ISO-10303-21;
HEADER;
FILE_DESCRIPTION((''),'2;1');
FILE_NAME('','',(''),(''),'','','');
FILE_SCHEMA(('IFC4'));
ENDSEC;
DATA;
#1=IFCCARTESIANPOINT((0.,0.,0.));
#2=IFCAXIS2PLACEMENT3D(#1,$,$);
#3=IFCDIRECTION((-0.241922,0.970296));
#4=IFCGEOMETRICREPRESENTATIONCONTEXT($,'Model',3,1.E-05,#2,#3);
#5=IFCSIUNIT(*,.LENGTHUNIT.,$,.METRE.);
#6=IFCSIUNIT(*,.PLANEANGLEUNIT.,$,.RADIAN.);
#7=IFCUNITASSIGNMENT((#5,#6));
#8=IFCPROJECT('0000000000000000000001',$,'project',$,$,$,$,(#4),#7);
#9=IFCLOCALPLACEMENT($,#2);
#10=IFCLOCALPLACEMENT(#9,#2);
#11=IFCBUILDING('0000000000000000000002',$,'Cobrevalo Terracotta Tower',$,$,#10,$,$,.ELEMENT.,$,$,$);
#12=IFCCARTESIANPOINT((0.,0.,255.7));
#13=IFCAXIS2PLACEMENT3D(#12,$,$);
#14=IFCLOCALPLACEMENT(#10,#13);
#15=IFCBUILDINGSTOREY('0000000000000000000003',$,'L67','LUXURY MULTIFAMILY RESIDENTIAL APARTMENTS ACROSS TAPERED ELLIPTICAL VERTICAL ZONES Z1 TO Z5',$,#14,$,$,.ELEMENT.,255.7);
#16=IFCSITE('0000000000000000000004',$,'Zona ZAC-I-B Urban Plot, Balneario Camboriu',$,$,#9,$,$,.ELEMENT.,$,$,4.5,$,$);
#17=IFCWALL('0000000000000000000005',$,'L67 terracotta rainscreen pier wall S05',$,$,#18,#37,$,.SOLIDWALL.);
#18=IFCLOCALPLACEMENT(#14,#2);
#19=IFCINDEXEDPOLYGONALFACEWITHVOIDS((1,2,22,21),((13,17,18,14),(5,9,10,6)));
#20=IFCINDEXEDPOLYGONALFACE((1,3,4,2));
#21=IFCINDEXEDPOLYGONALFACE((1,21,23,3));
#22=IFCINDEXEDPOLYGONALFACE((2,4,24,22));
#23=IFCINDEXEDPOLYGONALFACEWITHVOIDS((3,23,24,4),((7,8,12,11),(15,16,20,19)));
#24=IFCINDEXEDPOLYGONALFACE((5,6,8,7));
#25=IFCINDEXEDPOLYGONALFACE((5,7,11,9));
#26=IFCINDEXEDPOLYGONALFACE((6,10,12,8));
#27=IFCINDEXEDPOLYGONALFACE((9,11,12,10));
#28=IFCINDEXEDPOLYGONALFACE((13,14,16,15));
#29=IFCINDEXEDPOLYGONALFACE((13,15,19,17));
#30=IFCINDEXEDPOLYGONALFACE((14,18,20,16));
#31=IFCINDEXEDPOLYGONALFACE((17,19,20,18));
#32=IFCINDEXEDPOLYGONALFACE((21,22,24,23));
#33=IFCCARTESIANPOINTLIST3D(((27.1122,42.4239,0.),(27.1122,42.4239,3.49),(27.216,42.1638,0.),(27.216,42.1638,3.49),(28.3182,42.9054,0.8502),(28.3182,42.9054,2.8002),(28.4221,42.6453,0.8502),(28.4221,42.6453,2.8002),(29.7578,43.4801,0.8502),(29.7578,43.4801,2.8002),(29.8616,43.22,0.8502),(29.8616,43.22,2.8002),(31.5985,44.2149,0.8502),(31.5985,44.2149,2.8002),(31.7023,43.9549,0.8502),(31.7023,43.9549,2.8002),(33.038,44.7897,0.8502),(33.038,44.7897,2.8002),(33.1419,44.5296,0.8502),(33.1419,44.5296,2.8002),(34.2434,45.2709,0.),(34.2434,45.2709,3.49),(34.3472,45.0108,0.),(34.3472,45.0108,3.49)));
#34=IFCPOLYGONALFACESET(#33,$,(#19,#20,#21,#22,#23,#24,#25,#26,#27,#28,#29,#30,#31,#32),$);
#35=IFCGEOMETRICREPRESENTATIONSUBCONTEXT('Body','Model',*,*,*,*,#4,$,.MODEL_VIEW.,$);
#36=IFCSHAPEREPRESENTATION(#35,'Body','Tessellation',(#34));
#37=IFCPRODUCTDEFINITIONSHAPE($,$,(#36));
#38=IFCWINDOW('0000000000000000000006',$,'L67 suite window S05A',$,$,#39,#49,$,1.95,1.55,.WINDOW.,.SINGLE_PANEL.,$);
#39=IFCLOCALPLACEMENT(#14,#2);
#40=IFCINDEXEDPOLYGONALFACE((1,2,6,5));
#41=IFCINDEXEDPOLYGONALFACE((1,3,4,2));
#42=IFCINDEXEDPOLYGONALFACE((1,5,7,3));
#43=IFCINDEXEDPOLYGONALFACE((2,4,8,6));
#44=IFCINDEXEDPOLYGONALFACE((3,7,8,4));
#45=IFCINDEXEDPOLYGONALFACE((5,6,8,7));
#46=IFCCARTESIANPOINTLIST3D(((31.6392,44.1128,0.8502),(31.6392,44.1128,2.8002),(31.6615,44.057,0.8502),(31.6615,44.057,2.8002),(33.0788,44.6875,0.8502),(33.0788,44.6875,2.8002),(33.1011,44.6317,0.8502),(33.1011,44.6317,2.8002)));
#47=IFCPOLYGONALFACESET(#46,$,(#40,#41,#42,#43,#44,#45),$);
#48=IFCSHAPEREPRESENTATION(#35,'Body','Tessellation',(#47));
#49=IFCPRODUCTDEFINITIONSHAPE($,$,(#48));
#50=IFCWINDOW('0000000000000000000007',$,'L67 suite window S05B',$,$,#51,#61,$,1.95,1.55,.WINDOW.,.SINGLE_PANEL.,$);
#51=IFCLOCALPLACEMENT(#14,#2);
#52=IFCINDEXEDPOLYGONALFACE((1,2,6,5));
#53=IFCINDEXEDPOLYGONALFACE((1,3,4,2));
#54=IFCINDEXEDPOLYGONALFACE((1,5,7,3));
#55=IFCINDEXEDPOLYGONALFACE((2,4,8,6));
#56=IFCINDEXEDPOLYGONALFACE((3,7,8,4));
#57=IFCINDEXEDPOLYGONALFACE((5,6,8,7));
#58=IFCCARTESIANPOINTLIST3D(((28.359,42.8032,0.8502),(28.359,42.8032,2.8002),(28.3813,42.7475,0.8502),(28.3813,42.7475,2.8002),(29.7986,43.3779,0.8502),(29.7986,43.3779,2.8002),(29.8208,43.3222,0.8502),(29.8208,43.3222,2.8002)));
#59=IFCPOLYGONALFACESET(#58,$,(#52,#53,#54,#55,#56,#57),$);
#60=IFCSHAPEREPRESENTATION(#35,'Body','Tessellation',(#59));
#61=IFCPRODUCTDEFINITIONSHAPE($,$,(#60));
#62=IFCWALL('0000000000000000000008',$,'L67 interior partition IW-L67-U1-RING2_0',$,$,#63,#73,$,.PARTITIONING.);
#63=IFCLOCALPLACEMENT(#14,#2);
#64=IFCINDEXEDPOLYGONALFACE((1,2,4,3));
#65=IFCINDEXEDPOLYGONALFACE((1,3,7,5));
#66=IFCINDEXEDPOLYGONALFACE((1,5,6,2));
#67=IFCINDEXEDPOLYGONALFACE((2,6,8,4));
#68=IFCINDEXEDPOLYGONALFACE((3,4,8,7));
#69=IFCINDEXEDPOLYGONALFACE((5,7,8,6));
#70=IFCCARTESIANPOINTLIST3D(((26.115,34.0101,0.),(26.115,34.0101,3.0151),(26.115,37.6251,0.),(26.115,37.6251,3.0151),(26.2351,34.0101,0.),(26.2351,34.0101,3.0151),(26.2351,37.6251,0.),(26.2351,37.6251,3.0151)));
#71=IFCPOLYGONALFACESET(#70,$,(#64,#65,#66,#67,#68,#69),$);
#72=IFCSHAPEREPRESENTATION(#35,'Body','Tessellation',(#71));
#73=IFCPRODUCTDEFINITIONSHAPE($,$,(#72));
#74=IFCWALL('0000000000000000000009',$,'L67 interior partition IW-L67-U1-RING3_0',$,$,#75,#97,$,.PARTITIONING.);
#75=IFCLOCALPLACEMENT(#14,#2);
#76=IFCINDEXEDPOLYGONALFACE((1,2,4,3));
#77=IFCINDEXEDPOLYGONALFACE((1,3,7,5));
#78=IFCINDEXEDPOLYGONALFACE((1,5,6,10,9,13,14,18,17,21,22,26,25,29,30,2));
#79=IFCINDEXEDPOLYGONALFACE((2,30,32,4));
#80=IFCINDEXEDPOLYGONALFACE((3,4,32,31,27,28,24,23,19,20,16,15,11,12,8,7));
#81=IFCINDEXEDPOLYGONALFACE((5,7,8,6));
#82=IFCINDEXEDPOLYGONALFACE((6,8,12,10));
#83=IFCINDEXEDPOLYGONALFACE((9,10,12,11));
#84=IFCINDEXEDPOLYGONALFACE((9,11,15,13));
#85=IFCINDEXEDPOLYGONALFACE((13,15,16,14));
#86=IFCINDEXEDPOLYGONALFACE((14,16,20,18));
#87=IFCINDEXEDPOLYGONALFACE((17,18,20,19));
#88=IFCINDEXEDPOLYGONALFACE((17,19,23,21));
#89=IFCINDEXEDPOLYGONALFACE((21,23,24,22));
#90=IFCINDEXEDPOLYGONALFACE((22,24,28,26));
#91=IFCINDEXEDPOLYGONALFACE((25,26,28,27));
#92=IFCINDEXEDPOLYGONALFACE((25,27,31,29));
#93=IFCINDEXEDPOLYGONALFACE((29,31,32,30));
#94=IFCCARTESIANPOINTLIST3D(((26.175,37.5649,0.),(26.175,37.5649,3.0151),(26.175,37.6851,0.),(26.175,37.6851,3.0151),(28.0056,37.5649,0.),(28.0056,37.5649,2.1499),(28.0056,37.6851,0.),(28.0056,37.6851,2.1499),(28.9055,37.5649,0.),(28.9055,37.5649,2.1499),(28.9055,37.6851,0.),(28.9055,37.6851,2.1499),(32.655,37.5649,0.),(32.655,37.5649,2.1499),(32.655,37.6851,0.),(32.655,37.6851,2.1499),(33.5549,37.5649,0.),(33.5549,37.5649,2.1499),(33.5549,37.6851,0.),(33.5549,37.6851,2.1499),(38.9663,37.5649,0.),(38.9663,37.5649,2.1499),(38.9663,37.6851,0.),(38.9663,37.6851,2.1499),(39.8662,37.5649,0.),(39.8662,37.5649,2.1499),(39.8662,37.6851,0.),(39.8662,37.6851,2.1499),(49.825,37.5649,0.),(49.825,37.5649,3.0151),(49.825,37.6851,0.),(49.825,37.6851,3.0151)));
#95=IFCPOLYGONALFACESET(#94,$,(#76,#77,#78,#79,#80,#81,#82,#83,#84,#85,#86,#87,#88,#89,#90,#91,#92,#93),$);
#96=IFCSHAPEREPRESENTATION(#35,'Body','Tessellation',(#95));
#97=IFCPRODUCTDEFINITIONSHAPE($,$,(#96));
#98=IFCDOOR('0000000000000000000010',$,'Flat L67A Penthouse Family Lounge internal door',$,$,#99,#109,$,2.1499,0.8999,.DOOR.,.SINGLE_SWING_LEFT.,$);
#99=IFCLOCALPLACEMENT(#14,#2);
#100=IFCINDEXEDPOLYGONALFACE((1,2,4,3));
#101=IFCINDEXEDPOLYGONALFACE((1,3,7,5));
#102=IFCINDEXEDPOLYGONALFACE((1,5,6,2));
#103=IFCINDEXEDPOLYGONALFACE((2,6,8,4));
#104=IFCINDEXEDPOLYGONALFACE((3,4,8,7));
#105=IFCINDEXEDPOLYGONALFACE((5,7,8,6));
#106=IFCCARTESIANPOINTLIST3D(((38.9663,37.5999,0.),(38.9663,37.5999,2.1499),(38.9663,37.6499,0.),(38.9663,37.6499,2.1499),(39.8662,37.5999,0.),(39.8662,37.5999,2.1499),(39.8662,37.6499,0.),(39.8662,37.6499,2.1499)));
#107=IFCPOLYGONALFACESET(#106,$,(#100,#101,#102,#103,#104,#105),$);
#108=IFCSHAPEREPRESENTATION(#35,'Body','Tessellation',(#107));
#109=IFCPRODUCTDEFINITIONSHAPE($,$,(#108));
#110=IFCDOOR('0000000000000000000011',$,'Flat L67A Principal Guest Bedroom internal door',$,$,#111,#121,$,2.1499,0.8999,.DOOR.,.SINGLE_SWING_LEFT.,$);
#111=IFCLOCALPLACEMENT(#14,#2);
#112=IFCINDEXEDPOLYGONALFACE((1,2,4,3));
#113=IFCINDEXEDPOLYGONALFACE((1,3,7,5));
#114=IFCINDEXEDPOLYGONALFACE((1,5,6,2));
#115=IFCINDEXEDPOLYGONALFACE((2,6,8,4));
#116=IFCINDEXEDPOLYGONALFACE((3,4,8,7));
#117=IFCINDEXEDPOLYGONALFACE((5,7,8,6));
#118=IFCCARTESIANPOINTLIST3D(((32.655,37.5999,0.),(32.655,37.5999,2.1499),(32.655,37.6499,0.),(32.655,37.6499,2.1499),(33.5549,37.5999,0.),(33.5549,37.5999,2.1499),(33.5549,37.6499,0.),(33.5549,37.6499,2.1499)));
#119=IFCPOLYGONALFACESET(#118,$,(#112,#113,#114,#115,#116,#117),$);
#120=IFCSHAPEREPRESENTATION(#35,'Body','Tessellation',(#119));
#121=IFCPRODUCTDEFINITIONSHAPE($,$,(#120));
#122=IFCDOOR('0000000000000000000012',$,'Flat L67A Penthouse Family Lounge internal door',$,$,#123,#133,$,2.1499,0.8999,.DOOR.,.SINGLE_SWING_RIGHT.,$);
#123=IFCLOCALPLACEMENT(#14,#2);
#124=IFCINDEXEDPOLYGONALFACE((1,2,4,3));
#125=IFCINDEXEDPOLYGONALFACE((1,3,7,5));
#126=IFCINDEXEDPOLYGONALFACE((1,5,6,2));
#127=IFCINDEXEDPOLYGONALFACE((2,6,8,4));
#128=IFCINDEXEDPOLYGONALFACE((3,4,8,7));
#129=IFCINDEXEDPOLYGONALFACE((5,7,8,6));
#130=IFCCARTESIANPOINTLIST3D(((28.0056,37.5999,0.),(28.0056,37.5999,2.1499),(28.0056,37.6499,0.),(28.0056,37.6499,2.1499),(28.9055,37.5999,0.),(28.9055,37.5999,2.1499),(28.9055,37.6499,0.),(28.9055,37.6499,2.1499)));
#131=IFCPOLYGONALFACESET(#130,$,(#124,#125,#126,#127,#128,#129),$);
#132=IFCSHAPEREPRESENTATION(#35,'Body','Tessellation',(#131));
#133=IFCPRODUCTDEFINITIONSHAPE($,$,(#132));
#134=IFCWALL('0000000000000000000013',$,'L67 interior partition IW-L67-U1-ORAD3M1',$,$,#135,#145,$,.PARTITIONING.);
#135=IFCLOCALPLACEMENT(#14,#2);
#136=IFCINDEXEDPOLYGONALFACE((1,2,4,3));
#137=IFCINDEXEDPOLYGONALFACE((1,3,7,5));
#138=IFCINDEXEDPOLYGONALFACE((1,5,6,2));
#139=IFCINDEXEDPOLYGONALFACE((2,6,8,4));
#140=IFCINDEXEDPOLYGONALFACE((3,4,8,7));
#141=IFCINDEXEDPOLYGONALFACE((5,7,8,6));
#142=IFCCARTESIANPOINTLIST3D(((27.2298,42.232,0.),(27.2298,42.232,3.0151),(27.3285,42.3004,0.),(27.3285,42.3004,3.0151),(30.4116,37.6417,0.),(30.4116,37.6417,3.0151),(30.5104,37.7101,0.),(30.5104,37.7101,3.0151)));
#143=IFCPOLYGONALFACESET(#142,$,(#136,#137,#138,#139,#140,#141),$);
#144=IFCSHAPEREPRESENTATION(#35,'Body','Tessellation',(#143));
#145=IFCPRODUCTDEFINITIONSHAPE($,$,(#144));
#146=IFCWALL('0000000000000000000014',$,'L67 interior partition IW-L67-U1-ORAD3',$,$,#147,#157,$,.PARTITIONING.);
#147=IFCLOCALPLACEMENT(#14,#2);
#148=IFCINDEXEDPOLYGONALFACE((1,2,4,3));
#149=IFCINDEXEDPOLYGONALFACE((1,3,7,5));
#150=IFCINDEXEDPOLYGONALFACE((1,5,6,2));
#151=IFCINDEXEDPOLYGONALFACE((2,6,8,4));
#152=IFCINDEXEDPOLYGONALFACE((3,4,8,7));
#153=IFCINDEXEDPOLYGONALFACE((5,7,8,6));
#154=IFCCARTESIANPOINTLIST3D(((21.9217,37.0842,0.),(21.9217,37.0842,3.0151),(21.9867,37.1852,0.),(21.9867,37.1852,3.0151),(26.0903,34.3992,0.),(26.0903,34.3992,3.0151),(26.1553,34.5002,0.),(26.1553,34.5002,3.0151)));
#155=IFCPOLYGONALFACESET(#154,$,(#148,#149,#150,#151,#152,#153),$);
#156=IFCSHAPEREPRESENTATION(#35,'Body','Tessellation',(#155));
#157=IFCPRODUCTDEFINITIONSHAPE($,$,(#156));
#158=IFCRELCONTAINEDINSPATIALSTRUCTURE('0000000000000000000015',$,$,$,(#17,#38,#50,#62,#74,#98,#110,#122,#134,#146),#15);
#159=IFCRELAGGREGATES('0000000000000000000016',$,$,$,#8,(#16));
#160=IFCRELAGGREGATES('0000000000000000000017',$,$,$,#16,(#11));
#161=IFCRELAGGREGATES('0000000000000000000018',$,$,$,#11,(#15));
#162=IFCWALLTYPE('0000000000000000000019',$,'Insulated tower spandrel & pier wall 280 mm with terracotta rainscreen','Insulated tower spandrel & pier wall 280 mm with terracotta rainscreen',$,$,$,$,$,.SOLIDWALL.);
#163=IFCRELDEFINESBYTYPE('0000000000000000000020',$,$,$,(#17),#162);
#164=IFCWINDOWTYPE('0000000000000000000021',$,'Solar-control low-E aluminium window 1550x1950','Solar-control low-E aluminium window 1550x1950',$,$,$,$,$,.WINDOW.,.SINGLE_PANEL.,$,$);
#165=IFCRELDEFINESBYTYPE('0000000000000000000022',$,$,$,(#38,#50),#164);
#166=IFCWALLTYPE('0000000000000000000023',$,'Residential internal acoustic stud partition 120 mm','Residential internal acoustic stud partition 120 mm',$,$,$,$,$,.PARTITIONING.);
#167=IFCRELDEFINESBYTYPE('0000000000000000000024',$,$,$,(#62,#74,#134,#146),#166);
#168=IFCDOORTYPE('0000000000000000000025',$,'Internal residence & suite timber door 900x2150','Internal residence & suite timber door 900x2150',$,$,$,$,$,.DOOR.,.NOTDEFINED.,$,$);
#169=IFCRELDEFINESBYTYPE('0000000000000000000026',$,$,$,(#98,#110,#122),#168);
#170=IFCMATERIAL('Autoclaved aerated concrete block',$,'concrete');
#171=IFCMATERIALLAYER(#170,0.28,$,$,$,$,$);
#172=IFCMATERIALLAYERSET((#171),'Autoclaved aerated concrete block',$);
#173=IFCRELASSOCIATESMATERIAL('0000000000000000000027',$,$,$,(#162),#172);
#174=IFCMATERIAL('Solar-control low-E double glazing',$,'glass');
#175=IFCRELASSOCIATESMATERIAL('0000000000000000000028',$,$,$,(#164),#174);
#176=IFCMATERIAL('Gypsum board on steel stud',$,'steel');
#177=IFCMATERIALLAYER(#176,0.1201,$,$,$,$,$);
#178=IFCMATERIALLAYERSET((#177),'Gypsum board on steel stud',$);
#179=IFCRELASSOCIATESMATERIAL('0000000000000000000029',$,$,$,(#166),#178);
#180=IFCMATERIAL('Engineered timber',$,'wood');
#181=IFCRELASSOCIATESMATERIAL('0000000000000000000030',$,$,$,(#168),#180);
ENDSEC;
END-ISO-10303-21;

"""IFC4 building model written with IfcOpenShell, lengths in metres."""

from ifc_helpers import new_model, si_unit, direction, frame, frame_2d, origin, place, context, subcontext, project, spatial, rectangle, extrude, source, transform, mapped, material, layer, layer_set, type_object, element, fill, save


model = new_model("IFC4")

# Units and contexts
model_context = context("Model", 3, precision=1e-05, world=origin(), true_north=direction((-0.241922, 0.970296)))
body_context = subcontext(model_context, "Body", "Model", "MODEL_VIEW")
ifc_project = project(units=[si_unit("LENGTHUNIT", "METRE"), si_unit("PLANEANGLEUNIT", "RADIAN")], contexts=[model_context])

# Site, building, storey
site_placement = place(None, origin())
site = spatial("IfcSite", under=ifc_project, at=site_placement, Name="Zona ZAC-I-B Urban Plot, Balneario Camboriu", CompositionType="ELEMENT", RefElevation=4.5)
building_placement = place(site_placement, origin())
building = spatial("IfcBuilding", under=site, at=building_placement, Name="Cobrevalo Terracotta Tower", CompositionType="ELEMENT")
storey_placement = place(building_placement, frame((0.0, 0.0, 255.7)))
storey = spatial("IfcBuildingStorey", under=building, at=storey_placement, Name="L67", Description="LUXURY MULTIFAMILY RESIDENTIAL APARTMENTS ACROSS TAPERED ELLIPTICAL VERTICAL ZONES Z1 TO Z5", CompositionType="ELEMENT", Elevation=255.7)

# Wall, openings, windows
ifc_material_1 = material(Name="Autoclaved aerated concrete block", Category="concrete")
ifc_layer_1 = layer(ifc_material_1, 0.28)
ifc_layer_set_1 = layer_set([ifc_layer_1], Name="Autoclaved aerated concrete block")
wall_type_1 = type_object("IfcWallType", Name="Insulated tower spandrel & pier wall 280 mm with terracotta rainscreen", Description="Insulated tower spandrel & pier wall 280 mm with terracotta rainscreen", PredefinedType="SOLIDWALL", material=ifc_layer_set_1)
wall_1_placement = place(storey_placement, frame((34.2954, 45.1409, 0.0), z_axis=(0.0, 0.0, 1.0), x_axis=(-0.928724, -0.370771, 0.0)))
wall_1 = element("IfcWall", 1, at=wall_1_placement, inside=storey, type_object=wall_type_1, Name="L67 terracotta rainscreen pier wall S05", PredefinedType="SOLIDWALL", context=body_context, shape_type="SweptSolid", body=[
    extrude(rectangle(XDim=7.6785, YDim=0.28, at=frame_2d((3.8394, 0.0))), origin(), (0.0, 0.0, 1.0), 3.49),
])
opening_1_placement = place(wall_1_placement, frame((1.2981, 0.0, 0.8501)))
opening_1 = element("IfcOpeningElement", 2, at=opening_1_placement, cuts=wall_1, PredefinedType="OPENING", context=body_context, shape_type="SweptSolid", body=[
    extrude(rectangle(XDim=1.55, YDim=1.95, at=frame_2d((0.7749, 0.9751))), frame((0.0, 0.1499, 0.0), z_axis=(0.0, -1.0, 0.0), x_axis=(1.0, 0.0, 0.0)), (0.0, 0.0, 1.0), 0.3),
])
opening_2_placement = place(wall_1_placement, frame((4.8301, 0.0, 0.8501)))
opening_2 = element("IfcOpeningElement", 3, at=opening_2_placement, cuts=wall_1, PredefinedType="OPENING", context=body_context, shape_type="SweptSolid", body=[
    extrude(rectangle(XDim=1.55, YDim=1.95, at=frame_2d((0.7749, 0.9751))), frame((0.0, 0.1499, 0.0), z_axis=(0.0, -1.0, 0.0), x_axis=(1.0, 0.0, 0.0)), (0.0, 0.0, 1.0), 0.3),
])
ifc_material_2 = material(Name="Solar-control low-E double glazing", Category="glass")
window_type = type_object("IfcWindowType", Name="Solar-control low-E aluminium window 1550x1950", Description="Solar-control low-E aluminium window 1550x1950", PartitioningType="SINGLE_PANEL", PredefinedType="WINDOW", material=ifc_material_2)
shared_shape_1 = source(origin(), body_context, "Body", "SweptSolid", [
    extrude(rectangle(XDim=1.55, YDim=1.95, at=frame_2d((0.7749, 0.9751))), frame((0.0, 0.03, 0.0), z_axis=(0.0, -1.0, 0.0), x_axis=(1.0, 0.0, 0.0)), (0.0, 0.0, 1.0), 0.0601),
])
window_1_placement = place(opening_1_placement, origin())
window_1 = element("IfcWindow", 4, at=window_1_placement, inside=storey, type_object=window_type, Name="L67 suite window S05A", OverallHeight=1.95, OverallWidth=1.55, PartitioningType="SINGLE_PANEL", PredefinedType="WINDOW", context=body_context, shape_type="MappedRepresentation", body=[
    mapped(shared_shape_1, transform((0.0, 0.0, 0.0), scale=1.0)),
])
fill(opening_1, window_1)
window_2_placement = place(opening_2_placement, origin())
window_2 = element("IfcWindow", 5, at=window_2_placement, inside=storey, type_object=window_type, Name="L67 suite window S05B", OverallHeight=1.95, OverallWidth=1.55, PartitioningType="SINGLE_PANEL", PredefinedType="WINDOW", context=body_context, shape_type="MappedRepresentation", body=[
    mapped(shared_shape_1, transform((0.0, 0.0, 0.0), scale=1.0)),
])
fill(opening_2, window_2)

# Wall
ifc_material_3 = material(Name="Gypsum board on steel stud", Category="steel")
ifc_layer_2 = layer(ifc_material_3, 0.1201)
ifc_layer_set_2 = layer_set([ifc_layer_2], Name="Gypsum board on steel stud")
wall_type_2 = type_object("IfcWallType", Name="Residential internal acoustic stud partition 120 mm", Description="Residential internal acoustic stud partition 120 mm", PredefinedType="PARTITIONING", material=ifc_layer_set_2)
wall_2_placement = place(storey_placement, frame((26.175, 34.01, 0.0), z_axis=(0.0, 0.0, 1.0), x_axis=(0.0, 1.0, 0.0)))
element("IfcWall", 6, at=wall_2_placement, inside=storey, type_object=wall_type_2, Name="L67 interior partition IW-L67-U1-RING2_0", PredefinedType="PARTITIONING", context=body_context, shape_type="SweptSolid", body=[
    extrude(rectangle(XDim=3.615, YDim=0.1201, at=frame_2d((1.8076, 0.0))), origin(), (0.0, 0.0, 1.0), 3.0151),
])

# Wall, openings, doors
wall_3_placement = place(storey_placement, frame((26.175, 37.625, 0.0), z_axis=(0.0, 0.0, 1.0), x_axis=(1.0, 0.0, 0.0)))
wall_3 = element("IfcWall", 7, at=wall_3_placement, inside=storey, type_object=wall_type_2, Name="L67 interior partition IW-L67-U1-RING3_0", PredefinedType="PARTITIONING", context=body_context, shape_type="SweptSolid", body=[
    extrude(rectangle(XDim=23.6499, YDim=0.1201, at=frame_2d((11.825, 0.0))), origin(), (0.0, 0.0, 1.0), 3.0151),
])
opening_3_placement = place(wall_3_placement, frame((12.7913, 0.0, 0.0)))
opening_3 = element("IfcOpeningElement", 8, at=opening_3_placement, cuts=wall_3, PredefinedType="OPENING", context=body_context, shape_type="SweptSolid", body=[
    extrude(rectangle(XDim=0.8999, YDim=2.1499, at=frame_2d((0.45, 1.075))), frame((0.0, 0.0701, 0.0), z_axis=(0.0, -1.0, 0.0), x_axis=(1.0, 0.0, 0.0)), (0.0, 0.0, 1.0), 0.1401),
])
opening_4_placement = place(wall_3_placement, frame((6.48, 0.0, 0.0)))
opening_4 = element("IfcOpeningElement", 9, at=opening_4_placement, cuts=wall_3, PredefinedType="OPENING", context=body_context, shape_type="SweptSolid", body=[
    extrude(rectangle(XDim=0.8999, YDim=2.1499, at=frame_2d((0.45, 1.075))), frame((0.0, 0.0701, 0.0), z_axis=(0.0, -1.0, 0.0), x_axis=(1.0, 0.0, 0.0)), (0.0, 0.0, 1.0), 0.1401),
])
opening_5_placement = place(wall_3_placement, frame((1.8306, 0.0, 0.0)))
opening_5 = element("IfcOpeningElement", 10, at=opening_5_placement, cuts=wall_3, PredefinedType="OPENING", context=body_context, shape_type="SweptSolid", body=[
    extrude(rectangle(XDim=0.8999, YDim=2.1499, at=frame_2d((0.45, 1.075))), frame((0.0, 0.0701, 0.0), z_axis=(0.0, -1.0, 0.0), x_axis=(1.0, 0.0, 0.0)), (0.0, 0.0, 1.0), 0.1401),
])
ifc_material_4 = material(Name="Engineered timber", Category="wood")
door_type = type_object("IfcDoorType", Name="Internal residence & suite timber door 900x2150", Description="Internal residence & suite timber door 900x2150", OperationType="NOTDEFINED", PredefinedType="DOOR", material=ifc_material_4)
shared_shape_2 = source(origin(), body_context, "Body", "SweptSolid", [
    extrude(rectangle(XDim=0.8999, YDim=2.1499, at=frame_2d((0.45, 1.075))), frame((0.0, 0.0249, 0.0), z_axis=(0.0, -1.0, 0.0), x_axis=(1.0, 0.0, 0.0)), (0.0, 0.0, 1.0), 0.05),
])
door_1_placement = place(opening_3_placement, origin())
door_1 = element("IfcDoor", 11, at=door_1_placement, inside=storey, type_object=door_type, Name="Flat L67A Penthouse Family Lounge internal door", OperationType="SINGLE_SWING_LEFT", OverallHeight=2.1499, OverallWidth=0.8999, PredefinedType="DOOR", context=body_context, shape_type="MappedRepresentation", body=[
    mapped(shared_shape_2, transform((0.0, 0.0, 0.0), scale=1.0)),
])
fill(opening_3, door_1)
door_2_placement = place(opening_4_placement, origin())
door_2 = element("IfcDoor", 12, at=door_2_placement, inside=storey, type_object=door_type, Name="Flat L67A Principal Guest Bedroom internal door", OperationType="SINGLE_SWING_LEFT", OverallHeight=2.1499, OverallWidth=0.8999, PredefinedType="DOOR", context=body_context, shape_type="MappedRepresentation", body=[
    mapped(shared_shape_2, transform((0.0, 0.0, 0.0), scale=1.0)),
])
fill(opening_4, door_2)
door_3_placement = place(opening_5_placement, origin())
door_3 = element("IfcDoor", 13, at=door_3_placement, inside=storey, type_object=door_type, Name="Flat L67A Penthouse Family Lounge internal door", OperationType="SINGLE_SWING_RIGHT", OverallHeight=2.1499, OverallWidth=0.8999, PredefinedType="DOOR", context=body_context, shape_type="MappedRepresentation", body=[
    mapped(shared_shape_2, transform((0.0, 0.0, 0.0), scale=1.0)),
])
fill(opening_5, door_3)

# Walls
wall_4_placement = place(storey_placement, frame((30.4609, 37.676, 0.0), z_axis=(0.0, 0.0, 1.0), x_axis=(-0.569689, 0.82186, 0.0)))
element("IfcWall", 14, at=wall_4_placement, inside=storey, type_object=wall_type_2, Name="L67 interior partition IW-L67-U1-ORAD3M1", PredefinedType="PARTITIONING", context=body_context, shape_type="SweptSolid", body=[
    extrude(rectangle(XDim=5.5852, YDim=0.1201, at=frame_2d((2.7925, 0.0))), origin(), (0.0, 0.0, 1.0), 3.0151),
])
wall_5_placement = place(storey_placement, frame((26.1228, 34.4497, 0.0), z_axis=(0.0, 0.0, 1.0), x_axis=(-0.840703, 0.541496, 0.0)))
element("IfcWall", 15, at=wall_5_placement, inside=storey, type_object=wall_type_2, Name="L67 interior partition IW-L67-U1-ORAD3", PredefinedType="PARTITIONING", context=body_context, shape_type="SweptSolid", body=[
    extrude(rectangle(XDim=4.9585, YDim=0.1201, at=frame_2d((2.4792, 0.0))), origin(), (0.0, 0.0, 1.0), 3.0151),
])

save(model, "model.ifc")
